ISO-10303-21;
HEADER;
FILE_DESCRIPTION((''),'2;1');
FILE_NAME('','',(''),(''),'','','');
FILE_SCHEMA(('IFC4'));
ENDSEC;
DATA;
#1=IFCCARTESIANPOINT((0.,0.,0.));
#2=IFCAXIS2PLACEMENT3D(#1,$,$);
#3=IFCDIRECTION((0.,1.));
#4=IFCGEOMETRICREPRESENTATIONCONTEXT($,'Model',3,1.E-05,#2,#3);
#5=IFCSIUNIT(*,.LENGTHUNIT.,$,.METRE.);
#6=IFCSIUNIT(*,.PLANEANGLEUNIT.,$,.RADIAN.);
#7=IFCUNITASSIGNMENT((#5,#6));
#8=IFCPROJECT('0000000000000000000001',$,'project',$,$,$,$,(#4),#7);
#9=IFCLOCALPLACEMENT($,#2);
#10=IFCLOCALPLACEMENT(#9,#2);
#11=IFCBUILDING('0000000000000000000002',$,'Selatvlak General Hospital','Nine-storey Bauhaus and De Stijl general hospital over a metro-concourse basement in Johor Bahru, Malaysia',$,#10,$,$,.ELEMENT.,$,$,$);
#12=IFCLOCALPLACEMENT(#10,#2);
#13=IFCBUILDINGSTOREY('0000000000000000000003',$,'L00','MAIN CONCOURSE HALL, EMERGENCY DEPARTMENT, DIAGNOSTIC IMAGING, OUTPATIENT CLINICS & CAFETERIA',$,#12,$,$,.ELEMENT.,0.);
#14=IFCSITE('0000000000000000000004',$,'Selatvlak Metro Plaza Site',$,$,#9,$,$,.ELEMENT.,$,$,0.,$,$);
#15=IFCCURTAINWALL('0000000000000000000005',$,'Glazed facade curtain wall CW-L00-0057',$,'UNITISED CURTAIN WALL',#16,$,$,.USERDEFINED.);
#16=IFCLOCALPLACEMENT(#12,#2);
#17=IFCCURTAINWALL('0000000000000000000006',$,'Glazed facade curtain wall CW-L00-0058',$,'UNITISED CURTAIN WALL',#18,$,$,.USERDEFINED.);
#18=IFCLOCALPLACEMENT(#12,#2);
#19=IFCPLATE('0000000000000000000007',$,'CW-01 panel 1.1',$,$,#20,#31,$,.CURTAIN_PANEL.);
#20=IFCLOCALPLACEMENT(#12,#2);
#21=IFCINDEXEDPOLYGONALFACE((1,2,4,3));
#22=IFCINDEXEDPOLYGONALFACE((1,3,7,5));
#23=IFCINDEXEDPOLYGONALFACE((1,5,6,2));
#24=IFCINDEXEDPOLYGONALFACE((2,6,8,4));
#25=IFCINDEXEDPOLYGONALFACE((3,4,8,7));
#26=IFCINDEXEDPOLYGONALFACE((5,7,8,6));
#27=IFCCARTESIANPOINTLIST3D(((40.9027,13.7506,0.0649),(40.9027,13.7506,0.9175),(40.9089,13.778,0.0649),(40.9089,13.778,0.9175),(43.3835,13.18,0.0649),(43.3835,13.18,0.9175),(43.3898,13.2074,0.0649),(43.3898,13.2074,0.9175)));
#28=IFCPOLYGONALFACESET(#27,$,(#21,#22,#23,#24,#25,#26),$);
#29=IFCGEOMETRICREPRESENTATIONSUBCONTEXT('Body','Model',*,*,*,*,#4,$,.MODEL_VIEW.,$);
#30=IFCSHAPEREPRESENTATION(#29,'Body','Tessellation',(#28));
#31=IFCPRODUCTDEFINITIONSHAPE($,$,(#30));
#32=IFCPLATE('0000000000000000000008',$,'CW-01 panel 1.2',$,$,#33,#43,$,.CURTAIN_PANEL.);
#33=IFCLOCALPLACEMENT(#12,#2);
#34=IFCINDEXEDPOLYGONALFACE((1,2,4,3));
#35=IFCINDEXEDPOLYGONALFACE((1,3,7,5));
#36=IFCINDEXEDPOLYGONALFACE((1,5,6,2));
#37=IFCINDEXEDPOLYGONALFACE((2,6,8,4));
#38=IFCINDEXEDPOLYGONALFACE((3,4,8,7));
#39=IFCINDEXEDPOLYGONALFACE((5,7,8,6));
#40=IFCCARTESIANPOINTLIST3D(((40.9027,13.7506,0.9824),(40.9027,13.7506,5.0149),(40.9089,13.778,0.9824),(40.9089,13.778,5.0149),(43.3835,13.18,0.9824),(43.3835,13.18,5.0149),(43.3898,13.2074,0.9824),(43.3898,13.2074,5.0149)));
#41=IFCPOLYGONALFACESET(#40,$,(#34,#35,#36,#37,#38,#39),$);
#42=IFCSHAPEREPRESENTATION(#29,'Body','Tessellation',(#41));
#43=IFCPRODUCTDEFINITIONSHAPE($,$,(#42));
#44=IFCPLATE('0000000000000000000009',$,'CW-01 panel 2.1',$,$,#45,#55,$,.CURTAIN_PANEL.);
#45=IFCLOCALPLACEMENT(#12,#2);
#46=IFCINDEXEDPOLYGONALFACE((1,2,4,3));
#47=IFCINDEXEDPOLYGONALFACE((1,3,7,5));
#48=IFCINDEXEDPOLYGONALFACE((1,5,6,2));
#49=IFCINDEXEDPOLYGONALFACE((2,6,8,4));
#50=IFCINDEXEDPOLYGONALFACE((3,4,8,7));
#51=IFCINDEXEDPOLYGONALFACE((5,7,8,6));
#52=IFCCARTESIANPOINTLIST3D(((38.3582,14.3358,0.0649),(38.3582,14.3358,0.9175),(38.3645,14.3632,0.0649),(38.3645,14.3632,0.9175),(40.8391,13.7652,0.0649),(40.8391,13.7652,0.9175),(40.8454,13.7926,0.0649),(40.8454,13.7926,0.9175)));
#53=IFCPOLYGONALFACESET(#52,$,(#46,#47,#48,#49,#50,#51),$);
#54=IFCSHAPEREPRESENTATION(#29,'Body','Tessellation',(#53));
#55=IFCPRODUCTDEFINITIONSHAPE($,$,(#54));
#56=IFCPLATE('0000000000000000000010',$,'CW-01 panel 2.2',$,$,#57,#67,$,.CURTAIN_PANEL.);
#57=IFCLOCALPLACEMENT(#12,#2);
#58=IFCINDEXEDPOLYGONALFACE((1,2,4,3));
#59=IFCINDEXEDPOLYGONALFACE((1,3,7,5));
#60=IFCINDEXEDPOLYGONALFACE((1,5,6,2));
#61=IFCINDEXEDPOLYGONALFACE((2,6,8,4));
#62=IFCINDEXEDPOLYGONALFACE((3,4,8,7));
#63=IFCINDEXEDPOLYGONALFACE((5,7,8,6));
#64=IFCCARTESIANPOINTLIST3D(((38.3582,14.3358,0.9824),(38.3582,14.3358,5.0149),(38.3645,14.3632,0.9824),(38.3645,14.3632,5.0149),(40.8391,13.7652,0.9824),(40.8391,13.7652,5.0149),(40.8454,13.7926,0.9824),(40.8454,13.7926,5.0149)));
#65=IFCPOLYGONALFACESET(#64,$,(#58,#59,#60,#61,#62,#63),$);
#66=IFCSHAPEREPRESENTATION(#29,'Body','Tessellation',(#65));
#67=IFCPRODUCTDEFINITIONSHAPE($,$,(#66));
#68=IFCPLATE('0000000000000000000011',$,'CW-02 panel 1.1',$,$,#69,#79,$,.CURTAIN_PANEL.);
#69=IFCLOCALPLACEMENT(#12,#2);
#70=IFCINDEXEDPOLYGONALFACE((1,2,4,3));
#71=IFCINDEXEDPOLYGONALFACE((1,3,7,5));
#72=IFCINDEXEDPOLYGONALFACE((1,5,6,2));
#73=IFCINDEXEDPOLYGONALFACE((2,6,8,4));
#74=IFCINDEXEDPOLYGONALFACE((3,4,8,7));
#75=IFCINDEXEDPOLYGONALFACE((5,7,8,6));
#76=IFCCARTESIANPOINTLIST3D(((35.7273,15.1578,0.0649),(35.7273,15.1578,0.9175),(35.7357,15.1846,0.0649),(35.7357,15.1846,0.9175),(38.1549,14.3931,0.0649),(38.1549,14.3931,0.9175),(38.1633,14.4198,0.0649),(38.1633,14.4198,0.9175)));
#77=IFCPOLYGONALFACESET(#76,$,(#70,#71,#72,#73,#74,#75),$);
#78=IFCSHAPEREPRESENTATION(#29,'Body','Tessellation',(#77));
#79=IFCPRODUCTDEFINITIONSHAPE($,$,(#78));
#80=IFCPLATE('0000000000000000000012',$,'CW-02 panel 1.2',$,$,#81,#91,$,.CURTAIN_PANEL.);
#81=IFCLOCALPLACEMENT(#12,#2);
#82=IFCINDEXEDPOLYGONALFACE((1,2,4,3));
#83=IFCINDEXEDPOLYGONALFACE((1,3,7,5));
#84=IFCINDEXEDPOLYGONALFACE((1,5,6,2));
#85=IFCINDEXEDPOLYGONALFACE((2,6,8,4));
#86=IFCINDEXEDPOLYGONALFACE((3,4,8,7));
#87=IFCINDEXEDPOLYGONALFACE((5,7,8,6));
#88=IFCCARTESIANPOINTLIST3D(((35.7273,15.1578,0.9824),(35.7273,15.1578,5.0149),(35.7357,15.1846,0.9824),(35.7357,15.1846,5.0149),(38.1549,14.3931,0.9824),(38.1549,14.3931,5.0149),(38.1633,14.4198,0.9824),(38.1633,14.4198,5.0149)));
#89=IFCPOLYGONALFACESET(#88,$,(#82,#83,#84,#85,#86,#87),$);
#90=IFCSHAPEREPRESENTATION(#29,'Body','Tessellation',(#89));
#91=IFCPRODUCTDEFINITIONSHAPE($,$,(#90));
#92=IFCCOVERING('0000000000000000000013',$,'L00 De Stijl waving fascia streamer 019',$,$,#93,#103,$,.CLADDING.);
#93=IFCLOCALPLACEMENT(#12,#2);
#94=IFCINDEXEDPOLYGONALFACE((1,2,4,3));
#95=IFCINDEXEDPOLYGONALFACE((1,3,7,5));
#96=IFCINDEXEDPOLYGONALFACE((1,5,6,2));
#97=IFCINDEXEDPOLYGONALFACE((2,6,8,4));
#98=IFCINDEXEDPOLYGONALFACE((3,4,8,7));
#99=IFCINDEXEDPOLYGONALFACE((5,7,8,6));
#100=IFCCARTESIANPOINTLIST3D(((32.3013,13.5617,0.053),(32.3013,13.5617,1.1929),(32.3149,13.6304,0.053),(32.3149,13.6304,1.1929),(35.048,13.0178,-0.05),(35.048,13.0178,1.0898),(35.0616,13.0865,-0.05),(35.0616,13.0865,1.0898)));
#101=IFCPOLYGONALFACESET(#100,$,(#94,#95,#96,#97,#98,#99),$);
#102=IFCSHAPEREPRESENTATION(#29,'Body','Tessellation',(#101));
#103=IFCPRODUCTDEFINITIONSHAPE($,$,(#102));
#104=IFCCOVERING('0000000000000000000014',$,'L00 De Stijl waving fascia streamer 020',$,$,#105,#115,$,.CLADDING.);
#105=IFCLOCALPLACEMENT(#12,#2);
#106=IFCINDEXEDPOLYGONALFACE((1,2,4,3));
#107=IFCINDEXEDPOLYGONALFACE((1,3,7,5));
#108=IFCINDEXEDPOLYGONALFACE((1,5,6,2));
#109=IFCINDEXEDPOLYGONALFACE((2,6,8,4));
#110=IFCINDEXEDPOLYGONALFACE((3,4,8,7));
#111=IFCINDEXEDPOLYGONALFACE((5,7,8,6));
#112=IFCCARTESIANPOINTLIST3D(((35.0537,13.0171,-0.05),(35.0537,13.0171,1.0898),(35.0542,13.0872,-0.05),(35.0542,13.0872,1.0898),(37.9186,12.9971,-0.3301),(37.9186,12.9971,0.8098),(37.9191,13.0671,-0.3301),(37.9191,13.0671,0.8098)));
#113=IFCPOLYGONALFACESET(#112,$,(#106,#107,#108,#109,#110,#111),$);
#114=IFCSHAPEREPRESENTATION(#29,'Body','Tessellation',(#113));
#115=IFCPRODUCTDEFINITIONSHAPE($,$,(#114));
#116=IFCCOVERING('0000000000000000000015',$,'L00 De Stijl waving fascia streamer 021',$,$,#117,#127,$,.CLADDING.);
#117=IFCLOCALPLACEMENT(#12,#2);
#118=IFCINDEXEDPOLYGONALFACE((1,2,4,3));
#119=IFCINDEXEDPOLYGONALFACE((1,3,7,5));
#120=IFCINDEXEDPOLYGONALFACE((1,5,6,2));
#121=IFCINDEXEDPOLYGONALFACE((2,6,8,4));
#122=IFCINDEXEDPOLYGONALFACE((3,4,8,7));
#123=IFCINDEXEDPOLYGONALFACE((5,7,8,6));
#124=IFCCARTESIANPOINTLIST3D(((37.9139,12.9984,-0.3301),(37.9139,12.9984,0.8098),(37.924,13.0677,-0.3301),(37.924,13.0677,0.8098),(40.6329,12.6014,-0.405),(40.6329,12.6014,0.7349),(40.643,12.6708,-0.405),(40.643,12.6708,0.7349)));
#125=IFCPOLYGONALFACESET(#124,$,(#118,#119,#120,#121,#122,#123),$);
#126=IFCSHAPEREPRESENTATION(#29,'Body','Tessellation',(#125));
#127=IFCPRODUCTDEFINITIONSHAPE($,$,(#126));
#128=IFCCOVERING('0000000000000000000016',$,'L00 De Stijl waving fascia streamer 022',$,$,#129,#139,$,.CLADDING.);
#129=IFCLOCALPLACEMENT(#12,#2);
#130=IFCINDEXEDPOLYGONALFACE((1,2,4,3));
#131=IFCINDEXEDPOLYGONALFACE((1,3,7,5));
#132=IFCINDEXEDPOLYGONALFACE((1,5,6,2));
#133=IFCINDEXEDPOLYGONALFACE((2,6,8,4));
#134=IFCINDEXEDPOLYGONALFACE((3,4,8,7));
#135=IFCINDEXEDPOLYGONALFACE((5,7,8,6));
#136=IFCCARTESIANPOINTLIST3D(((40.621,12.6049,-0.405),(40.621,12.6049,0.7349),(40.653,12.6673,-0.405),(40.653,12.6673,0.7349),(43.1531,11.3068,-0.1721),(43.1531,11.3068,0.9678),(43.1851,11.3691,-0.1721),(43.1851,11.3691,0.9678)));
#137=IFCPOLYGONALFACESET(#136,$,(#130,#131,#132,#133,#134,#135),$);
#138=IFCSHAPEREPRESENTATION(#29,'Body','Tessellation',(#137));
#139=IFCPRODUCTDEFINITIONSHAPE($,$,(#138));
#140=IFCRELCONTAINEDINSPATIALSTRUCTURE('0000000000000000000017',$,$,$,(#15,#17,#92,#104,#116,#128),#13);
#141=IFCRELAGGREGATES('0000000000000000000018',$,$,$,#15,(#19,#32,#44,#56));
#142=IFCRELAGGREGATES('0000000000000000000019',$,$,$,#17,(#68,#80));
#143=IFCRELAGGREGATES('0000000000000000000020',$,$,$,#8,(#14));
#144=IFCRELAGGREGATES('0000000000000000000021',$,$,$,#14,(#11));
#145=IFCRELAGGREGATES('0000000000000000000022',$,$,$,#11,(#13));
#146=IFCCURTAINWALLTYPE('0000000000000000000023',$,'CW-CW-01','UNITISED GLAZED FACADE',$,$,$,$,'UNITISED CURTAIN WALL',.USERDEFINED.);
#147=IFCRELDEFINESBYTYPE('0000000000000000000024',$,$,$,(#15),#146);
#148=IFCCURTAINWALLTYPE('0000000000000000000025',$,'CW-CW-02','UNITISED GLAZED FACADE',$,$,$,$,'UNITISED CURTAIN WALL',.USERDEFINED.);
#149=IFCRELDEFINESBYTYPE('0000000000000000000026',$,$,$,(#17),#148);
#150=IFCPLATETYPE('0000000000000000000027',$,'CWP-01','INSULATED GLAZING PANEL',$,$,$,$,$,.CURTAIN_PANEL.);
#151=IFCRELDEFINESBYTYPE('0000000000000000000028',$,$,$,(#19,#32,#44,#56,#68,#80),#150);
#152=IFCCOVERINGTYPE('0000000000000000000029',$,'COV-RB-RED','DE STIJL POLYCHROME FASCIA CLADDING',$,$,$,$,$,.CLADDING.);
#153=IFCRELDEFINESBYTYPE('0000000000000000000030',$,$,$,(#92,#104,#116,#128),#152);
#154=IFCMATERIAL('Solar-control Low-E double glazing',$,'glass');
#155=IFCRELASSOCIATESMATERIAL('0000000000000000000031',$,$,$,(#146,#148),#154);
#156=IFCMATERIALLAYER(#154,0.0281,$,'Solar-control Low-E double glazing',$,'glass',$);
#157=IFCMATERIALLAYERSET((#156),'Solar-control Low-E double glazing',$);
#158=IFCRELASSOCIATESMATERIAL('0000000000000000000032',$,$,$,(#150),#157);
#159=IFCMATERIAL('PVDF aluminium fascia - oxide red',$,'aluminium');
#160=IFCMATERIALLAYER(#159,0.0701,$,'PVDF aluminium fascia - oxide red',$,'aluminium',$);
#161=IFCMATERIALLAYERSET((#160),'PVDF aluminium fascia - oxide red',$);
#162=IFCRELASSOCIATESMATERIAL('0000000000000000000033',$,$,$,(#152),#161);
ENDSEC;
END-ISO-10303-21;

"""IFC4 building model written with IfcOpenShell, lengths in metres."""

from ifc_helpers import new_model, si_unit, direction, frame, origin, origin_2d, place, context, subcontext, project, spatial, polyline, rectangle, outline, extrude, material, layer, layer_set, type_object, element, aggregate, save


model = new_model("IFC4")

# Units and contexts
model_context = context("Model", 3, precision=1e-05, world=origin(), true_north=direction((0.0, 1.0)))
body_context = subcontext(model_context, "Body", "Model", "MODEL_VIEW")
ifc_project = project(units=[si_unit("LENGTHUNIT", "METRE"), si_unit("PLANEANGLEUNIT", "RADIAN")], contexts=[model_context])

# Site, building, storey
site_placement = place(None, origin())
site = spatial("IfcSite", under=ifc_project, at=site_placement, Name="Selatvlak Metro Plaza Site", CompositionType="ELEMENT", RefElevation=0.0)
building_placement = place(site_placement, origin())
building = spatial("IfcBuilding", under=site, at=building_placement, Name="Selatvlak General Hospital", Description="Nine-storey Bauhaus and De Stijl general hospital over a metro-concourse basement in Johor Bahru, Malaysia", CompositionType="ELEMENT")
storey_placement = place(building_placement, origin())
storey = spatial("IfcBuildingStorey", under=building, at=storey_placement, Name="L00", Description="MAIN CONCOURSE HALL, EMERGENCY DEPARTMENT, DIAGNOSTIC IMAGING, OUTPATIENT CLINICS & CAFETERIA", CompositionType="ELEMENT", Elevation=0.0)

# Curtain walls
ifc_material_1 = material(Name="Solar-control Low-E double glazing", Category="glass")
curtain_wall_type_1 = type_object("IfcCurtainWallType", Name="CW-CW-01", Description="UNITISED GLAZED FACADE", ElementType="UNITISED CURTAIN WALL", PredefinedType="USERDEFINED", material=ifc_material_1)
curtain_wall_1_placement = place(storey_placement, origin())
curtain_wall_1 = element("IfcCurtainWall", 1, at=curtain_wall_1_placement, inside=storey, type_object=curtain_wall_type_1, Name="Glazed facade curtain wall CW-L00-0057", ObjectType="UNITISED CURTAIN WALL", PredefinedType="USERDEFINED")
curtain_wall_type_2 = type_object("IfcCurtainWallType", Name="CW-CW-02", Description="UNITISED GLAZED FACADE", ElementType="UNITISED CURTAIN WALL", PredefinedType="USERDEFINED", material=ifc_material_1)
curtain_wall_2_placement = place(storey_placement, origin())
curtain_wall_2 = element("IfcCurtainWall", 2, at=curtain_wall_2_placement, inside=storey, type_object=curtain_wall_type_2, Name="Glazed facade curtain wall CW-L00-0058", ObjectType="UNITISED CURTAIN WALL", PredefinedType="USERDEFINED")

# Plates
ifc_layer_1 = layer(ifc_material_1, 0.0281, Name="Solar-control Low-E double glazing", Category="glass")
ifc_layer_set_1 = layer_set([ifc_layer_1], Name="Solar-control Low-E double glazing")
plate_type = type_object("IfcPlateType", Name="CWP-01", Description="INSULATED GLAZING PANEL", PredefinedType="CURTAIN_PANEL", material=ifc_layer_set_1)
plate_1_placement = place(storey_placement, frame((42.1462, 13.479, 0.0649), z_axis=(0.0, 0.0, 1.0), x_axis=(-0.974554, 0.224155, 0.0)))
plate_1 = element("IfcPlate", 3, at=plate_1_placement, type_object=plate_type, Name="CW-01 panel 1.1", PredefinedType="CURTAIN_PANEL", context=body_context, shape_type="SweptSolid", body=[
    extrude(rectangle(XDim=2.5457, YDim=0.0281, at=origin_2d()), origin(), (0.0, 0.0, 1.0), 0.8525),
])
plate_2_placement = place(storey_placement, frame((42.1462, 13.479, 0.9824), z_axis=(0.0, 0.0, 1.0), x_axis=(-0.974554, 0.224155, 0.0)))
plate_2 = element("IfcPlate", 4, at=plate_2_placement, type_object=plate_type, Name="CW-01 panel 1.2", PredefinedType="CURTAIN_PANEL", context=body_context, shape_type="SweptSolid", body=[
    extrude(rectangle(XDim=2.5457, YDim=0.0281, at=origin_2d()), origin(), (0.0, 0.0, 1.0), 4.0325),
])
plate_3_placement = place(storey_placement, frame((39.6018, 14.0642, 0.0649), z_axis=(0.0, 0.0, 1.0), x_axis=(-0.974554, 0.224155, 0.0)))
plate_3 = element("IfcPlate", 5, at=plate_3_placement, type_object=plate_type, Name="CW-01 panel 2.1", PredefinedType="CURTAIN_PANEL", context=body_context, shape_type="SweptSolid", body=[
    extrude(rectangle(XDim=2.5457, YDim=0.0281, at=origin_2d()), origin(), (0.0, 0.0, 1.0), 0.8525),
])
plate_4_placement = place(storey_placement, frame((39.6018, 14.0642, 0.9824), z_axis=(0.0, 0.0, 1.0), x_axis=(-0.974554, 0.224155, 0.0)))
plate_4 = element("IfcPlate", 6, at=plate_4_placement, type_object=plate_type, Name="CW-01 panel 2.2", PredefinedType="CURTAIN_PANEL", context=body_context, shape_type="SweptSolid", body=[
    extrude(rectangle(XDim=2.5457, YDim=0.0281, at=origin_2d()), origin(), (0.0, 0.0, 1.0), 4.0325),
])
aggregate(curtain_wall_1, [plate_1, plate_2, plate_3, plate_4])
plate_5_placement = place(storey_placement, frame((36.9453, 14.7888, 0.0649), z_axis=(0.0, 0.0, 1.0), x_axis=(-0.953794, 0.300461, 0.0)))
plate_5 = element("IfcPlate", 7, at=plate_5_placement, type_object=plate_type, Name="CW-02 panel 1.1", PredefinedType="CURTAIN_PANEL", context=body_context, shape_type="SweptSolid", body=[
    extrude(rectangle(XDim=2.5452, YDim=0.0281, at=origin_2d()), origin(), (0.0, 0.0, 1.0), 0.8525),
])
plate_6_placement = place(storey_placement, frame((36.9453, 14.7888, 0.9824), z_axis=(0.0, 0.0, 1.0), x_axis=(-0.953794, 0.300461, 0.0)))
plate_6 = element("IfcPlate", 8, at=plate_6_placement, type_object=plate_type, Name="CW-02 panel 1.2", PredefinedType="CURTAIN_PANEL", context=body_context, shape_type="SweptSolid", body=[
    extrude(rectangle(XDim=2.5452, YDim=0.0281, at=origin_2d()), origin(), (0.0, 0.0, 1.0), 4.0325),
])
aggregate(curtain_wall_2, [plate_5, plate_6])

# Coverings
ifc_material_2 = material(Name="PVDF aluminium fascia - oxide red", Category="aluminium")
ifc_layer_2 = layer(ifc_material_2, 0.0701, Name="PVDF aluminium fascia - oxide red", Category="aluminium")
ifc_layer_set_2 = layer_set([ifc_layer_2], Name="PVDF aluminium fascia - oxide red")
covering_type = type_object("IfcCoveringType", Name="COV-RB-RED", Description="DE STIJL POLYCHROME FASCIA CLADDING", PredefinedType="CLADDING", material=ifc_layer_set_2)
covering_1_placement = place(storey_placement, frame((32.3081, 13.5959, 0.053), z_axis=(0.0, 0.0, 1.0), x_axis=(0.980951, -0.194255, 0.0)))
element("IfcCovering", 9, at=covering_1_placement, inside=storey, type_object=covering_type, Name="L00 De Stijl waving fascia streamer 019", PredefinedType="CLADDING", context=body_context, shape_type="SweptSolid", body=[
    extrude(outline(polyline([(0.0, 0.0), (2.8, -0.103), (2.8, 1.0369), (0.0, 1.1399), (0.0, 0.0)])), frame((0.0, 0.0352, 0.0), z_axis=(0.0, -1.0, 0.0), x_axis=(1.0, 0.0, 0.0)), (0.0, 0.0, 1.0), 0.0701),
])
covering_2_placement = place(storey_placement, frame((35.054, 13.052, -0.05), z_axis=(0.0, 0.0, 1.0), x_axis=(0.999976, -0.006987, 0.0)))
element("IfcCovering", 10, at=covering_2_placement, inside=storey, type_object=covering_type, Name="L00 De Stijl waving fascia streamer 020", PredefinedType="CLADDING", context=body_context, shape_type="SweptSolid", body=[
    extrude(outline(polyline([(0.0, 0.0), (2.865, -0.28), (2.865, 0.8599), (0.0, 1.1399), (0.0, 0.0)])), frame((0.0, 0.0352, 0.0), z_axis=(0.0, -1.0, 0.0), x_axis=(1.0, 0.0, 0.0)), (0.0, 0.0, 1.0), 0.0701),
])
covering_3_placement = place(storey_placement, frame((37.9189, 13.033, -0.3301), z_axis=(0.0, 0.0, 1.0), x_axis=(0.989509, -0.144468, 0.0)))
element("IfcCovering", 11, at=covering_3_placement, inside=storey, type_object=covering_type, Name="L00 De Stijl waving fascia streamer 021", PredefinedType="CLADDING", context=body_context, shape_type="SweptSolid", body=[
    extrude(outline(polyline([(0.0, 0.0), (2.7478, -0.075), (2.7478, 1.0649), (0.0, 1.1399), (0.0, 0.0)])), frame((0.0, 0.0352, 0.0), z_axis=(0.0, -1.0, 0.0), x_axis=(1.0, 0.0, 0.0)), (0.0, 0.0, 1.0), 0.0701),
])
covering_4_placement = place(storey_placement, frame((40.637, 12.636, -0.405), z_axis=(0.0, 0.0, 1.0), x_axis=(0.889868, -0.456217, 0.0)))
element("IfcCovering", 12, at=covering_4_placement, inside=storey, type_object=covering_type, Name="L00 De Stijl waving fascia streamer 022", PredefinedType="CLADDING", context=body_context, shape_type="SweptSolid", body=[
    extrude(outline(polyline([(0.0, 0.0), (2.8455, 0.2329), (2.8455, 1.3728), (0.0, 1.1399), (0.0, 0.0)])), frame((0.0, 0.0352, 0.0), z_axis=(0.0, -1.0, 0.0), x_axis=(1.0, 0.0, 0.0)), (0.0, 0.0, 1.0), 0.0701),
])

save(model, "model.ifc")
